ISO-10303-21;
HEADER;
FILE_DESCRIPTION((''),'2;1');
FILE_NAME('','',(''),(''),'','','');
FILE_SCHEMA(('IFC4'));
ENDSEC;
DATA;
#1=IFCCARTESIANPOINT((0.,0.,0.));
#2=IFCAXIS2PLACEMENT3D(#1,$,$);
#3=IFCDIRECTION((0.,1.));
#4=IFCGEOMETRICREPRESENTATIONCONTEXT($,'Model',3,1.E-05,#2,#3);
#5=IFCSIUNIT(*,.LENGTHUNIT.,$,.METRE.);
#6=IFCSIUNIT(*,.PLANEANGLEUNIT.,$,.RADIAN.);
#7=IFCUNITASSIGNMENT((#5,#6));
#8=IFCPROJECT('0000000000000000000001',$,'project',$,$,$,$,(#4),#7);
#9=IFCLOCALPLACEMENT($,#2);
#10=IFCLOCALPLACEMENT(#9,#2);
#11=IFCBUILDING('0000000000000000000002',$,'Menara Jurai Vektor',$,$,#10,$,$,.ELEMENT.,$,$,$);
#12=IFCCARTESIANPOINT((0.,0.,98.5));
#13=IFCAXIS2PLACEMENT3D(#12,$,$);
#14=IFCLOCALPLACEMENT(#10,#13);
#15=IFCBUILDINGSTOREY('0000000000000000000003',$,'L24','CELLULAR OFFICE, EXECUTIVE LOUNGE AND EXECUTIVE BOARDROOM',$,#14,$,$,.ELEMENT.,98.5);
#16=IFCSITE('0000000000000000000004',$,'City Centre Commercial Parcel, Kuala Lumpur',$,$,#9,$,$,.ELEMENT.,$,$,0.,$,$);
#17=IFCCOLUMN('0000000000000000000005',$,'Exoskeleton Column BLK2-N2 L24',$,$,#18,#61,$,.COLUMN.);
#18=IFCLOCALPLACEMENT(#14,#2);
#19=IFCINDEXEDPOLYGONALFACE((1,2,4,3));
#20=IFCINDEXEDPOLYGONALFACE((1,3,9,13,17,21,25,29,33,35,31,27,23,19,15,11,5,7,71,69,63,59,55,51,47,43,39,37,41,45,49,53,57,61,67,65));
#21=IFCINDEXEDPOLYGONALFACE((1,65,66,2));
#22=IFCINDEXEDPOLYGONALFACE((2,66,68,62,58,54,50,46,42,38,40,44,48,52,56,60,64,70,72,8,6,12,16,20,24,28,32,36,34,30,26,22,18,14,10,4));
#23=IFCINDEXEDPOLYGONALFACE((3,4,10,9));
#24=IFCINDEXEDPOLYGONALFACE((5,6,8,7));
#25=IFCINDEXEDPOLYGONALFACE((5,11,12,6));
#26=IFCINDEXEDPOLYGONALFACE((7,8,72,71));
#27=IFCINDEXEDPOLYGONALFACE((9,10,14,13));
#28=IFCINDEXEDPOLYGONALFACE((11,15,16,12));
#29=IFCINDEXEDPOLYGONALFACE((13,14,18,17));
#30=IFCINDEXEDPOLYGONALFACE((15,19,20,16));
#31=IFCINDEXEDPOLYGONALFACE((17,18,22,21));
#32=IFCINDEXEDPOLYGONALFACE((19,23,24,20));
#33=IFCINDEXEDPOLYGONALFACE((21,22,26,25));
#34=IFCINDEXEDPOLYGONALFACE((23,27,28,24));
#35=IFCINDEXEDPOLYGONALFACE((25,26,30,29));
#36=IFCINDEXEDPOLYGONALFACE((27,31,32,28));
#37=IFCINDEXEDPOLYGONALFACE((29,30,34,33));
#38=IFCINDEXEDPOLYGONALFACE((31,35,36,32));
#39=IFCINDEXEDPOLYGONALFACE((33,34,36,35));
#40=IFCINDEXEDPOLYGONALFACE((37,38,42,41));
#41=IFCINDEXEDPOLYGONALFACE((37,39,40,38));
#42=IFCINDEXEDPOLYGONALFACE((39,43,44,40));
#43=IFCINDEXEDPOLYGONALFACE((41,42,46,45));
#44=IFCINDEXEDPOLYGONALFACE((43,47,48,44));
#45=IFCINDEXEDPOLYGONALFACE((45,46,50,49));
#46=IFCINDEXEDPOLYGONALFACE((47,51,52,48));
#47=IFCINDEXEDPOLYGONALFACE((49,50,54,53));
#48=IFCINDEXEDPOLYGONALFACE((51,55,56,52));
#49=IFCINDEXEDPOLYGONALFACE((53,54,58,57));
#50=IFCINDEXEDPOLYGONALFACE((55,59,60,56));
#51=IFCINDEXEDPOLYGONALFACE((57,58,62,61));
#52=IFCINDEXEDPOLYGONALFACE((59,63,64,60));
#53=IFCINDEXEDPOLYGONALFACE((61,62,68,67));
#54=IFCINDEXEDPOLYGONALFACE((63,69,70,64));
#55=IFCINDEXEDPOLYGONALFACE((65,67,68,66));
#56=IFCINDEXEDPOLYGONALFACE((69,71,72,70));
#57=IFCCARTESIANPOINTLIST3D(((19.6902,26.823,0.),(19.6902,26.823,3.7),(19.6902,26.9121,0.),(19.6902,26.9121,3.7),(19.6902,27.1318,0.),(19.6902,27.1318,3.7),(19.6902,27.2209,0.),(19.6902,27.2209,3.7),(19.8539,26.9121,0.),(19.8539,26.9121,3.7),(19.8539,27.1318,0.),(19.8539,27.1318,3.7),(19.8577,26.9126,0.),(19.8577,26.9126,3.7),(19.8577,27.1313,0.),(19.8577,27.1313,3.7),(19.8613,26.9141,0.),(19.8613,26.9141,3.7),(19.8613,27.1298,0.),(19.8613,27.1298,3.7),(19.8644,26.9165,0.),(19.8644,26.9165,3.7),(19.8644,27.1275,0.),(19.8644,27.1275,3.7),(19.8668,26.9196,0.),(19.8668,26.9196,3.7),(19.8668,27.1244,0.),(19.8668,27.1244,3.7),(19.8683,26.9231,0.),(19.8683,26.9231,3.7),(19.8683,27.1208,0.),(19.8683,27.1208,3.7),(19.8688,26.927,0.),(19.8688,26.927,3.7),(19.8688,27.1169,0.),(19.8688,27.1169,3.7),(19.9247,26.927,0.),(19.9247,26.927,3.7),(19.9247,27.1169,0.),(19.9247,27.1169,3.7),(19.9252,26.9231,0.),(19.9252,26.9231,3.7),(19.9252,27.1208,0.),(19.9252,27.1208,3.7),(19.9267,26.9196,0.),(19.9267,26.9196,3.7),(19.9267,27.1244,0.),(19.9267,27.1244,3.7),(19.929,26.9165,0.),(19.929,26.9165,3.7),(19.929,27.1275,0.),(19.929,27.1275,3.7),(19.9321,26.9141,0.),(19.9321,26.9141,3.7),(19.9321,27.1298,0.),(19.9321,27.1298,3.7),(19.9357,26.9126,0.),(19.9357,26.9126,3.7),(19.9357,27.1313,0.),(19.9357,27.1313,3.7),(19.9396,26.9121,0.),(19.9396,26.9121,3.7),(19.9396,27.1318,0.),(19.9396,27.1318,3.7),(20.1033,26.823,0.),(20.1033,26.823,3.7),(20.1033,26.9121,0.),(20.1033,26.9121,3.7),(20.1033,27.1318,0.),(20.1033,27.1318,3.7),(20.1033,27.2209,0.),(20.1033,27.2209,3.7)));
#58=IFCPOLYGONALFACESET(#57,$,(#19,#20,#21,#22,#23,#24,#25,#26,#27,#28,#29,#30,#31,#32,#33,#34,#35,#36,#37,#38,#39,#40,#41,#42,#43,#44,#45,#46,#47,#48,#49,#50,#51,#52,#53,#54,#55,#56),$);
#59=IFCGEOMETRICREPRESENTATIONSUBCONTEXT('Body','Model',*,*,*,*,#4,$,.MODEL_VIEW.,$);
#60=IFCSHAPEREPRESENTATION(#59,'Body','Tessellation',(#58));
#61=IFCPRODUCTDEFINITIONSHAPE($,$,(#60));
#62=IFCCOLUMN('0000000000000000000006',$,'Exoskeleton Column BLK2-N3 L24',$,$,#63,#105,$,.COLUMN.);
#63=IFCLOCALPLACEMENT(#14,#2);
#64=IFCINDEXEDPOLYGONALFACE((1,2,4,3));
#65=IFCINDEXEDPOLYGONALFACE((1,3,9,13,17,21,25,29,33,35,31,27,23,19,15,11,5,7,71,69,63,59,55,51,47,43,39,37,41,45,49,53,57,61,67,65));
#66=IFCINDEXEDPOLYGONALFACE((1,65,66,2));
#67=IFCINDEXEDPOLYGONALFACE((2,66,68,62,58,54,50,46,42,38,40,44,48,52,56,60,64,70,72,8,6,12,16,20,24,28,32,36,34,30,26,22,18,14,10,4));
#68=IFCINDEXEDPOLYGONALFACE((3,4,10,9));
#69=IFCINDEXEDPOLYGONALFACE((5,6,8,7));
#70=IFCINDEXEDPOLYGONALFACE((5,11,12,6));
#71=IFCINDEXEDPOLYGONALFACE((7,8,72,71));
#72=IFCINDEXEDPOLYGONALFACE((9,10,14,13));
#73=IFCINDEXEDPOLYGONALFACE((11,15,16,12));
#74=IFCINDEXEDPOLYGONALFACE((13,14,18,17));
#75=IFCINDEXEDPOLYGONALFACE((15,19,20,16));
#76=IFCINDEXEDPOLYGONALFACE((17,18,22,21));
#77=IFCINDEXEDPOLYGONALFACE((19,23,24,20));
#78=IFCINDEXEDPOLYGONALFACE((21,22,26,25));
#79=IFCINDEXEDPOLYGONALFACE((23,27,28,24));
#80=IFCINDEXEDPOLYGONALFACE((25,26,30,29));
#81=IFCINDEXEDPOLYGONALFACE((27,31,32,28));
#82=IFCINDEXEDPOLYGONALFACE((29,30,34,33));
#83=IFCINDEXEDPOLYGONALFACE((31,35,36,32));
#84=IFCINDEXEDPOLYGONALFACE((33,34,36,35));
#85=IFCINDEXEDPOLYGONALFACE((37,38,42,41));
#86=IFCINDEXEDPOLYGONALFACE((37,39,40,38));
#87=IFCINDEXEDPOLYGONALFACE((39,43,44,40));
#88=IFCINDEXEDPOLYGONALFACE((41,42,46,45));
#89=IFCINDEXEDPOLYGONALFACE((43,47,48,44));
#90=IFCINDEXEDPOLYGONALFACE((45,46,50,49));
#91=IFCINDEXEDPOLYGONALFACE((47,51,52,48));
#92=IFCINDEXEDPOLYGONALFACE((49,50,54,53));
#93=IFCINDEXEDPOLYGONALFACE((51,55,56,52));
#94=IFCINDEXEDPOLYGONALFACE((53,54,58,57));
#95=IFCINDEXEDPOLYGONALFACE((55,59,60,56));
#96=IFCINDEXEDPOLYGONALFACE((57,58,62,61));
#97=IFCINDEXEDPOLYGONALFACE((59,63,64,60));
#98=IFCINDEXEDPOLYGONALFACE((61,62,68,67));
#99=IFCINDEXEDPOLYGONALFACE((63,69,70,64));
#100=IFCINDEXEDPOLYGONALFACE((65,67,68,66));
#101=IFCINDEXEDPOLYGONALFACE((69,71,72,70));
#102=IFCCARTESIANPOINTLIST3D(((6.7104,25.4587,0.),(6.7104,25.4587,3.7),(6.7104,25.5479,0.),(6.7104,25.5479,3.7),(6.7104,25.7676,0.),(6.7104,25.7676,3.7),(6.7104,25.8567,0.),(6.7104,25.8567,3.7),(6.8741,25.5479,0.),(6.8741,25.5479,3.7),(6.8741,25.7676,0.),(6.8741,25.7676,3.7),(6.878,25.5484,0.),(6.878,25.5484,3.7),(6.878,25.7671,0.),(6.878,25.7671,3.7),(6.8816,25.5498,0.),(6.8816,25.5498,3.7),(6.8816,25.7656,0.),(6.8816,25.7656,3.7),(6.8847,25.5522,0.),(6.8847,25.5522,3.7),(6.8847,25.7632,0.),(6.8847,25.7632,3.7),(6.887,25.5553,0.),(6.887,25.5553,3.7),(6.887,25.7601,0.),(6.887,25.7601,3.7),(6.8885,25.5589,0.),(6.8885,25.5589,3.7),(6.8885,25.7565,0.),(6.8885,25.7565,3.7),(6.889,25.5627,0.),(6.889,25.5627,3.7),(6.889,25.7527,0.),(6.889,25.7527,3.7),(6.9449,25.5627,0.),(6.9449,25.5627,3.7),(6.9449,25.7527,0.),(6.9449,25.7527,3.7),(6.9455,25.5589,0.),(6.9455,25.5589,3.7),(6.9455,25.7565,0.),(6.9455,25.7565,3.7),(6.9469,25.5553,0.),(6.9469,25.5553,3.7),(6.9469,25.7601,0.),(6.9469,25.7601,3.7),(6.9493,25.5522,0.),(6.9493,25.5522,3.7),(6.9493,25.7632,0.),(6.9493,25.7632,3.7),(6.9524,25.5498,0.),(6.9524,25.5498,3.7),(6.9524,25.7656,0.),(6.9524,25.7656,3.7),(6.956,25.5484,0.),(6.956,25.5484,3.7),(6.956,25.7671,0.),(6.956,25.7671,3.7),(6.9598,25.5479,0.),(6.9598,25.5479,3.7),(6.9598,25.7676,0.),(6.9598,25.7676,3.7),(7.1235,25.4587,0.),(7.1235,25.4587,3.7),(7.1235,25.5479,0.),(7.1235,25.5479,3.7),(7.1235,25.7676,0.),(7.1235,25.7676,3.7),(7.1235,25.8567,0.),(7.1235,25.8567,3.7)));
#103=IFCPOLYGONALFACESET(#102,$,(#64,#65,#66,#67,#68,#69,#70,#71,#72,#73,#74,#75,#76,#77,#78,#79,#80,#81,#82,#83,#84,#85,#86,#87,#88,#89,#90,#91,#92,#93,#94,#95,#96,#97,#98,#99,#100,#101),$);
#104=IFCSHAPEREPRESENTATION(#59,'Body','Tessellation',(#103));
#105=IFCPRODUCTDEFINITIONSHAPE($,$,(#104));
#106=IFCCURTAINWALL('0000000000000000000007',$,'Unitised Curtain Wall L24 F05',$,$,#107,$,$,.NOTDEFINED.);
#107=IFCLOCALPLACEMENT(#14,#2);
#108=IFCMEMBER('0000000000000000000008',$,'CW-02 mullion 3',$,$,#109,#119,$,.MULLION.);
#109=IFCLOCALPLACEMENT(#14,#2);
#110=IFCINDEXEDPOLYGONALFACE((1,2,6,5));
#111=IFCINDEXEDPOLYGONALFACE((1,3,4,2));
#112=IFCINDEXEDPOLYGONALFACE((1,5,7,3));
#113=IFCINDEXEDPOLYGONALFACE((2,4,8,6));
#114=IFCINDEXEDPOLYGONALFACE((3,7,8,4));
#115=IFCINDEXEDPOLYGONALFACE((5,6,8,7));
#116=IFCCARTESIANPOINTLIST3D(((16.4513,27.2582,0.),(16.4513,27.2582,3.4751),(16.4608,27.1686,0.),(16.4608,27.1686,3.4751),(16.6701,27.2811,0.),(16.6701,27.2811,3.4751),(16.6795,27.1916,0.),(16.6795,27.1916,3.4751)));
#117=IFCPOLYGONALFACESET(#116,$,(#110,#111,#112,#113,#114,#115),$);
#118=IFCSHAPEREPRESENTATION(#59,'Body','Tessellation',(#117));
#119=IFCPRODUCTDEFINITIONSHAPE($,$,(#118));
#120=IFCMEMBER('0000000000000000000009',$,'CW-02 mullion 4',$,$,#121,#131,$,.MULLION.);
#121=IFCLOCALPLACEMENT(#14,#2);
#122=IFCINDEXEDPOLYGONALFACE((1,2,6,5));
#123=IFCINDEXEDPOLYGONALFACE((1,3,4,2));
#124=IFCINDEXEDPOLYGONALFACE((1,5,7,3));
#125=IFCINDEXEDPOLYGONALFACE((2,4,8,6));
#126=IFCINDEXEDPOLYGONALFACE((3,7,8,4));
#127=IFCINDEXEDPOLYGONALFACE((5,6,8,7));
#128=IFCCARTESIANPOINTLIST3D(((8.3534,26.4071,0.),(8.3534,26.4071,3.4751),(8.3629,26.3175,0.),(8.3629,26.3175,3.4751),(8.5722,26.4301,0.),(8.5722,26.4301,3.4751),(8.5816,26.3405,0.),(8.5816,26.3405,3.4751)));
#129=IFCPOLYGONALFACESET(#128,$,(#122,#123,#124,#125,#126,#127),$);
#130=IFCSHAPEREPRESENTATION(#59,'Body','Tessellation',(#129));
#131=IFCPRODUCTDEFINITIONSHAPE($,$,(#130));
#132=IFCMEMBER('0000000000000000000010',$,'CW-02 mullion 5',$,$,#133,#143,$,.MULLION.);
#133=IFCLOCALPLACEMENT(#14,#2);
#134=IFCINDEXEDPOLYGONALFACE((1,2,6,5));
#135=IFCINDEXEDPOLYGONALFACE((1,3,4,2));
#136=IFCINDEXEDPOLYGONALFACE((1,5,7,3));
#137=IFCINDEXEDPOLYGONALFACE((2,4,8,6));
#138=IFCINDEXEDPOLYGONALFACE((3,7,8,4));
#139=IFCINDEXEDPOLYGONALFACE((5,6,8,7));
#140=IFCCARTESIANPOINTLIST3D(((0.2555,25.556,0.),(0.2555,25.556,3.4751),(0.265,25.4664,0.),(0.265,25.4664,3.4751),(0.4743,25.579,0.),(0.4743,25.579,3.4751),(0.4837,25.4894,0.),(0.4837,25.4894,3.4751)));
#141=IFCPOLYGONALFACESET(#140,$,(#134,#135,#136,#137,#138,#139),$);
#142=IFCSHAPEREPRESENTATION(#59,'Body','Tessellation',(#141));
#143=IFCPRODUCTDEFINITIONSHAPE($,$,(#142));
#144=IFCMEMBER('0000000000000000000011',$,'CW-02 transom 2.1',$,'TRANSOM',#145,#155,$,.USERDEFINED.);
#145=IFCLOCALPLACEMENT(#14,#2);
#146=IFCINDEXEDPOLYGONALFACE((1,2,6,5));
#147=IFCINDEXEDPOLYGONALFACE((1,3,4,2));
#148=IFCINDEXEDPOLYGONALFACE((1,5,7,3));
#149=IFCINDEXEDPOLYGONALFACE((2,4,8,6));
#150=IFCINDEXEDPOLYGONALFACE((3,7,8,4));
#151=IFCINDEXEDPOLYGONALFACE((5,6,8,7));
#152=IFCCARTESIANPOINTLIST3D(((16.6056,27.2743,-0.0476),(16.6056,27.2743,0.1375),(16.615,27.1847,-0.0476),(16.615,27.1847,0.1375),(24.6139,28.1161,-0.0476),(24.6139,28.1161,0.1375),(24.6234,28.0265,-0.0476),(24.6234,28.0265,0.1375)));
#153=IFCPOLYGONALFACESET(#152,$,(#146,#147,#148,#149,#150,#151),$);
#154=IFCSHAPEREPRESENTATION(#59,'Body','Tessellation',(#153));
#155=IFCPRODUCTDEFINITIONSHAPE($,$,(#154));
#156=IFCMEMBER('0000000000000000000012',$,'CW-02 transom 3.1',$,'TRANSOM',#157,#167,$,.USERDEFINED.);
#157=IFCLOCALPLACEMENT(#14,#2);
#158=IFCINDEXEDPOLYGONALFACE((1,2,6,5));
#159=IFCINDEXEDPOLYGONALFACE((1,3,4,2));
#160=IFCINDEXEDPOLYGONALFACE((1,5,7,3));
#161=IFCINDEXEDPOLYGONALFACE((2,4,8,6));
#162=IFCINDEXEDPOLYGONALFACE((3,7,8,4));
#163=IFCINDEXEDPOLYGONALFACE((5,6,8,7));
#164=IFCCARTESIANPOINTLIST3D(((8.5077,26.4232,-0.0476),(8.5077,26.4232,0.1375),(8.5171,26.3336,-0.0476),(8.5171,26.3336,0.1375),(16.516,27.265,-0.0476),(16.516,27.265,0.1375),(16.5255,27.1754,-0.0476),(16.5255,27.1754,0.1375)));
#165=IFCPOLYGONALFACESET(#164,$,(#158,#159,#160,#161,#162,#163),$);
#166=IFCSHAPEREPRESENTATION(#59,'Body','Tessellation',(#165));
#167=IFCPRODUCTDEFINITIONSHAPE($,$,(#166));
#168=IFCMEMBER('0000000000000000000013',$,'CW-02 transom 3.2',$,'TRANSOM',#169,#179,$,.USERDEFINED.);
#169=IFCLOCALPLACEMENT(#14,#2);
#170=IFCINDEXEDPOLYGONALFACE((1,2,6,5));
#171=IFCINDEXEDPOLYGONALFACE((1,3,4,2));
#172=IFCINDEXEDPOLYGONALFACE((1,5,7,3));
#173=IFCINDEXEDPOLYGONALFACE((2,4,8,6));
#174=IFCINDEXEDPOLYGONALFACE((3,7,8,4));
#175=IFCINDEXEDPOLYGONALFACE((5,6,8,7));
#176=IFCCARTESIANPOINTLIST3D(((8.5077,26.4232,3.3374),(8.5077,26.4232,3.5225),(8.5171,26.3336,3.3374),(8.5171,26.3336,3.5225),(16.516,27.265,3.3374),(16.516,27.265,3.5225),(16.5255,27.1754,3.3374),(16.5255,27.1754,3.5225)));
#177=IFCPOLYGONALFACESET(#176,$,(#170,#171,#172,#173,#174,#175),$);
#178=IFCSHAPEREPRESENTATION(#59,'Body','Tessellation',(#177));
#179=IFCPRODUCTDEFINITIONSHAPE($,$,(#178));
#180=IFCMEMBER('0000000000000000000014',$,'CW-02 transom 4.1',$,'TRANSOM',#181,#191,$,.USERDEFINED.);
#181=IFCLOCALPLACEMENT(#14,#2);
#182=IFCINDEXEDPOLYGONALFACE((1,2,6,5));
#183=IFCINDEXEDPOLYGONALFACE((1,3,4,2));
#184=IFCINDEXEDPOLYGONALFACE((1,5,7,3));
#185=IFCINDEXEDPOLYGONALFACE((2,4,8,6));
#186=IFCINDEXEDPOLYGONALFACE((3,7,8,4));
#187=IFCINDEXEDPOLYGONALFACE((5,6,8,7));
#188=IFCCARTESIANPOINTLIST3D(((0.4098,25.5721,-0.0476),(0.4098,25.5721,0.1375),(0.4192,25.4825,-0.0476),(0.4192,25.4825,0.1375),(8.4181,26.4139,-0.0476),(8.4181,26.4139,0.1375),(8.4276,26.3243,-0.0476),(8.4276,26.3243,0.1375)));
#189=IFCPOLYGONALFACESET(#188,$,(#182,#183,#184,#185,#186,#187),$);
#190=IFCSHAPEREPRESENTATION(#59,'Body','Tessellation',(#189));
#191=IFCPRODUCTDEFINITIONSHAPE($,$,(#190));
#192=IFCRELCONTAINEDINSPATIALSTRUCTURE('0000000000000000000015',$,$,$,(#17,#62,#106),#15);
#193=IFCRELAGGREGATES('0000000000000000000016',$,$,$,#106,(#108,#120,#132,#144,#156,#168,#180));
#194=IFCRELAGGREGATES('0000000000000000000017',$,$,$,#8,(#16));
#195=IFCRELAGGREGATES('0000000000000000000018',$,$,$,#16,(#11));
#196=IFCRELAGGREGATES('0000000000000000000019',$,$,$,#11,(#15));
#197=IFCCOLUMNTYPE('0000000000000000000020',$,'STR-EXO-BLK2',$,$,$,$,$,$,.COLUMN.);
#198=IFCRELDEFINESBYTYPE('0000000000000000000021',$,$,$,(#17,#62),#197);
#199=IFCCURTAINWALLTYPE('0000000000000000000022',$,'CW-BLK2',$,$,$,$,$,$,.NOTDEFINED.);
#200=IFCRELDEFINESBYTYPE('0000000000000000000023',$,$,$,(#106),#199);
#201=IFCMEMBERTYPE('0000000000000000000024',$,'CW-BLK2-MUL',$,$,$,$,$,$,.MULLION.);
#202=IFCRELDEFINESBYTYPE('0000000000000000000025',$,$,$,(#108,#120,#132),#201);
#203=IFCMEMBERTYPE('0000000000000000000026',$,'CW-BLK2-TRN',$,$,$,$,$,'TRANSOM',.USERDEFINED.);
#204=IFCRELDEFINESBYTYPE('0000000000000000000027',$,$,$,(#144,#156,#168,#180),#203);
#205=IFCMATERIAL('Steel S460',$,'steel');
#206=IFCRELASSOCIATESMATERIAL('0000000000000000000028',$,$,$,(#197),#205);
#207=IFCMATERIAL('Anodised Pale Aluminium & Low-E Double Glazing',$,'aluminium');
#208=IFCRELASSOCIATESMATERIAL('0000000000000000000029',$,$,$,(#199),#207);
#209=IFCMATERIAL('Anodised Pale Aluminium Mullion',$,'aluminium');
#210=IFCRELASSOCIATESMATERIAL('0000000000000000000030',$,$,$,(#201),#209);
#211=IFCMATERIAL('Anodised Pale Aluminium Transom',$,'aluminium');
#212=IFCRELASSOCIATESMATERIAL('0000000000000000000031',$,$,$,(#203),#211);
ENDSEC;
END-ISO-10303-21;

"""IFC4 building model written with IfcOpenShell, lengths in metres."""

from ifc_helpers import new_model, si_unit, direction, frame, origin, origin_2d, place, context, subcontext, project, spatial, rectangle, i_section, extrude, material, material_profile, profile_set, type_object, element, aggregate, save


model = new_model("IFC4")

# Units and contexts
model_context = context("Model", 3, precision=1e-05, world=origin(), true_north=direction((0.0, 1.0)))
body_context = subcontext(model_context, "Body", "Model", "MODEL_VIEW")
ifc_project = project(units=[si_unit("LENGTHUNIT", "METRE"), si_unit("PLANEANGLEUNIT", "RADIAN")], contexts=[model_context])

# Site, building, storey
site_placement = place(None, origin())
site = spatial("IfcSite", under=ifc_project, at=site_placement, Name="City Centre Commercial Parcel, Kuala Lumpur", CompositionType="ELEMENT", RefElevation=0.0)
building_placement = place(site_placement, origin())
building = spatial("IfcBuilding", under=site, at=building_placement, Name="Menara Jurai Vektor", CompositionType="ELEMENT")
storey_placement = place(building_placement, frame((0.0, 0.0, 98.5)))
storey = spatial("IfcBuildingStorey", under=building, at=storey_placement, Name="L24", Description="CELLULAR OFFICE, EXECUTIVE LOUNGE AND EXECUTIVE BOARDROOM", CompositionType="ELEMENT", Elevation=98.5)

# Columns
ifc_material_1 = material(Name="Steel S460", Category="steel")
ifc_material_profile_1 = material_profile(ifc_material_1, i_section(OverallWidth=0.4131, OverallDepth=0.3979, WebThickness=0.0559, FlangeThickness=0.0891, FilletRadius=0.0149, at=origin_2d()), Name="HD 400x744")
ifc_profile_set_1 = profile_set([ifc_material_profile_1], Name="Steel S460")
column_type = type_object("IfcColumnType", Name="STR-EXO-BLK2", PredefinedType="COLUMN", material=ifc_profile_set_1)
for number, where, z_axis, x_axis, name in (
    (1, (19.8967, 27.022, 0.0), (0.0, 0.0, 1.0), (1.0, 0.0, 0.0), "Exoskeleton Column BLK2-N2 L24"),
    (2, (6.917, 25.6577, 0.0), (0.0, 0.0, 1.0), (1.0, 0.0, 0.0), "Exoskeleton Column BLK2-N3 L24"),
):
    element("IfcColumn", number, at=place(storey_placement, frame(where, z_axis=z_axis, x_axis=x_axis)), inside=storey, type_object=column_type, Name=name, PredefinedType="COLUMN", context=body_context, shape_type="SweptSolid", body=[
        extrude(i_section(OverallWidth=0.4131, OverallDepth=0.3979, WebThickness=0.0559, FlangeThickness=0.0891, FilletRadius=0.0149, at=origin_2d()), origin(), (0.0, 0.0, 1.0), 3.7),
    ])

# Curtain wall, members
ifc_material_2 = material(Name="Anodised Pale Aluminium & Low-E Double Glazing", Category="aluminium")
curtain_wall_type = type_object("IfcCurtainWallType", Name="CW-BLK2", PredefinedType="NOTDEFINED", material=ifc_material_2)
curtain_wall_placement = place(storey_placement, origin())
curtain_wall = element("IfcCurtainWall", 3, at=curtain_wall_placement, inside=storey, type_object=curtain_wall_type, Name="Unitised Curtain Wall L24 F05", PredefinedType="NOTDEFINED")
ifc_material_3 = material(Name="Anodised Pale Aluminium Mullion", Category="aluminium")
ifc_material_profile_2 = material_profile(ifc_material_3, rectangle(XDim=0.0901, YDim=0.22, at=origin_2d()), Name="ALU MUL 90x220")
ifc_profile_set_2 = profile_set([ifc_material_profile_2], Name="Anodised Pale Aluminium Mullion")
member_type_1 = type_object("IfcMemberType", Name="CW-BLK2-MUL", PredefinedType="MULLION", material=ifc_profile_set_2)
member_1_placement = place(storey_placement, frame((16.5654, 27.2249, 0.0), z_axis=(0.0, 0.0, 1.0), x_axis=(0.104529, -0.994522, 0.0)))
member_1 = element("IfcMember", 4, at=member_1_placement, type_object=member_type_1, Name="CW-02 mullion 3", PredefinedType="MULLION", context=body_context, shape_type="SweptSolid", body=[
    extrude(rectangle(XDim=0.0901, YDim=0.22, at=origin_2d()), origin(), (0.0, 0.0, 1.0), 3.4751),
])
member_2_placement = place(storey_placement, frame((8.4675, 26.3738, 0.0), z_axis=(0.0, 0.0, 1.0), x_axis=(0.104529, -0.994522, 0.0)))
member_2 = element("IfcMember", 5, at=member_2_placement, type_object=member_type_1, Name="CW-02 mullion 4", PredefinedType="MULLION", context=body_context, shape_type="SweptSolid", body=[
    extrude(rectangle(XDim=0.0901, YDim=0.22, at=origin_2d()), origin(), (0.0, 0.0, 1.0), 3.4751),
])
member_3_placement = place(storey_placement, frame((0.3696, 25.5227, 0.0), z_axis=(0.0, 0.0, 1.0), x_axis=(0.104529, -0.994522, 0.0)))
member_3 = element("IfcMember", 6, at=member_3_placement, type_object=member_type_1, Name="CW-02 mullion 5", PredefinedType="MULLION", context=body_context, shape_type="SweptSolid", body=[
    extrude(rectangle(XDim=0.0901, YDim=0.22, at=origin_2d()), origin(), (0.0, 0.0, 1.0), 3.4751),
])
ifc_material_4 = material(Name="Anodised Pale Aluminium Transom", Category="aluminium")
ifc_material_profile_3 = material_profile(ifc_material_4, rectangle(XDim=0.0901, YDim=0.1851, at=origin_2d()), Name="ALU TRN 90x185")
ifc_profile_set_3 = profile_set([ifc_material_profile_3], Name="Anodised Pale Aluminium Transom")
member_type_2 = type_object("IfcMemberType", Name="CW-BLK2-TRN", ElementType="TRANSOM", PredefinedType="USERDEFINED", material=ifc_profile_set_3)
member_4_placement = place(storey_placement, frame((24.6187, 28.0713, 0.0449), z_axis=(-0.994521, -0.10454, 0.0), x_axis=(0.10454, -0.994521, 0.0)))
member_4 = element("IfcMember", 7, at=member_4_placement, type_object=member_type_2, Name="CW-02 transom 2.1", ObjectType="TRANSOM", PredefinedType="USERDEFINED", context=body_context, shape_type="SweptSolid", body=[
    extrude(rectangle(XDim=0.0901, YDim=0.1851, at=origin_2d()), origin(), (0.0, 0.0, 1.0), 8.0525),
])
member_5_placement = place(storey_placement, frame((16.5208, 27.2202, 0.0449), z_axis=(-0.994521, -0.10454, 0.0), x_axis=(0.10454, -0.994521, 0.0)))
member_5 = element("IfcMember", 8, at=member_5_placement, type_object=member_type_2, Name="CW-02 transom 3.1", ObjectType="TRANSOM", PredefinedType="USERDEFINED", context=body_context, shape_type="SweptSolid", body=[
    extrude(rectangle(XDim=0.0901, YDim=0.1851, at=origin_2d()), origin(), (0.0, 0.0, 1.0), 8.0525),
])
member_6_placement = place(storey_placement, frame((16.5208, 27.2202, 3.4299), z_axis=(-0.994521, -0.10454, 0.0), x_axis=(0.10454, -0.994521, 0.0)))
member_6 = element("IfcMember", 9, at=member_6_placement, type_object=member_type_2, Name="CW-02 transom 3.2", ObjectType="TRANSOM", PredefinedType="USERDEFINED", context=body_context, shape_type="SweptSolid", body=[
    extrude(rectangle(XDim=0.0901, YDim=0.1851, at=origin_2d()), origin(), (0.0, 0.0, 1.0), 8.0525),
])
member_7_placement = place(storey_placement, frame((8.4229, 26.3691, 0.0449), z_axis=(-0.994521, -0.10454, 0.0), x_axis=(0.10454, -0.994521, 0.0)))
member_7 = element("IfcMember", 10, at=member_7_placement, type_object=member_type_2, Name="CW-02 transom 4.1", ObjectType="TRANSOM", PredefinedType="USERDEFINED", context=body_context, shape_type="SweptSolid", body=[
    extrude(rectangle(XDim=0.0901, YDim=0.1851, at=origin_2d()), origin(), (0.0, 0.0, 1.0), 8.0525),
])

aggregate(curtain_wall, [member_1, member_2, member_3, member_4, member_5, member_6, member_7])

save(model, "model.ifc")
